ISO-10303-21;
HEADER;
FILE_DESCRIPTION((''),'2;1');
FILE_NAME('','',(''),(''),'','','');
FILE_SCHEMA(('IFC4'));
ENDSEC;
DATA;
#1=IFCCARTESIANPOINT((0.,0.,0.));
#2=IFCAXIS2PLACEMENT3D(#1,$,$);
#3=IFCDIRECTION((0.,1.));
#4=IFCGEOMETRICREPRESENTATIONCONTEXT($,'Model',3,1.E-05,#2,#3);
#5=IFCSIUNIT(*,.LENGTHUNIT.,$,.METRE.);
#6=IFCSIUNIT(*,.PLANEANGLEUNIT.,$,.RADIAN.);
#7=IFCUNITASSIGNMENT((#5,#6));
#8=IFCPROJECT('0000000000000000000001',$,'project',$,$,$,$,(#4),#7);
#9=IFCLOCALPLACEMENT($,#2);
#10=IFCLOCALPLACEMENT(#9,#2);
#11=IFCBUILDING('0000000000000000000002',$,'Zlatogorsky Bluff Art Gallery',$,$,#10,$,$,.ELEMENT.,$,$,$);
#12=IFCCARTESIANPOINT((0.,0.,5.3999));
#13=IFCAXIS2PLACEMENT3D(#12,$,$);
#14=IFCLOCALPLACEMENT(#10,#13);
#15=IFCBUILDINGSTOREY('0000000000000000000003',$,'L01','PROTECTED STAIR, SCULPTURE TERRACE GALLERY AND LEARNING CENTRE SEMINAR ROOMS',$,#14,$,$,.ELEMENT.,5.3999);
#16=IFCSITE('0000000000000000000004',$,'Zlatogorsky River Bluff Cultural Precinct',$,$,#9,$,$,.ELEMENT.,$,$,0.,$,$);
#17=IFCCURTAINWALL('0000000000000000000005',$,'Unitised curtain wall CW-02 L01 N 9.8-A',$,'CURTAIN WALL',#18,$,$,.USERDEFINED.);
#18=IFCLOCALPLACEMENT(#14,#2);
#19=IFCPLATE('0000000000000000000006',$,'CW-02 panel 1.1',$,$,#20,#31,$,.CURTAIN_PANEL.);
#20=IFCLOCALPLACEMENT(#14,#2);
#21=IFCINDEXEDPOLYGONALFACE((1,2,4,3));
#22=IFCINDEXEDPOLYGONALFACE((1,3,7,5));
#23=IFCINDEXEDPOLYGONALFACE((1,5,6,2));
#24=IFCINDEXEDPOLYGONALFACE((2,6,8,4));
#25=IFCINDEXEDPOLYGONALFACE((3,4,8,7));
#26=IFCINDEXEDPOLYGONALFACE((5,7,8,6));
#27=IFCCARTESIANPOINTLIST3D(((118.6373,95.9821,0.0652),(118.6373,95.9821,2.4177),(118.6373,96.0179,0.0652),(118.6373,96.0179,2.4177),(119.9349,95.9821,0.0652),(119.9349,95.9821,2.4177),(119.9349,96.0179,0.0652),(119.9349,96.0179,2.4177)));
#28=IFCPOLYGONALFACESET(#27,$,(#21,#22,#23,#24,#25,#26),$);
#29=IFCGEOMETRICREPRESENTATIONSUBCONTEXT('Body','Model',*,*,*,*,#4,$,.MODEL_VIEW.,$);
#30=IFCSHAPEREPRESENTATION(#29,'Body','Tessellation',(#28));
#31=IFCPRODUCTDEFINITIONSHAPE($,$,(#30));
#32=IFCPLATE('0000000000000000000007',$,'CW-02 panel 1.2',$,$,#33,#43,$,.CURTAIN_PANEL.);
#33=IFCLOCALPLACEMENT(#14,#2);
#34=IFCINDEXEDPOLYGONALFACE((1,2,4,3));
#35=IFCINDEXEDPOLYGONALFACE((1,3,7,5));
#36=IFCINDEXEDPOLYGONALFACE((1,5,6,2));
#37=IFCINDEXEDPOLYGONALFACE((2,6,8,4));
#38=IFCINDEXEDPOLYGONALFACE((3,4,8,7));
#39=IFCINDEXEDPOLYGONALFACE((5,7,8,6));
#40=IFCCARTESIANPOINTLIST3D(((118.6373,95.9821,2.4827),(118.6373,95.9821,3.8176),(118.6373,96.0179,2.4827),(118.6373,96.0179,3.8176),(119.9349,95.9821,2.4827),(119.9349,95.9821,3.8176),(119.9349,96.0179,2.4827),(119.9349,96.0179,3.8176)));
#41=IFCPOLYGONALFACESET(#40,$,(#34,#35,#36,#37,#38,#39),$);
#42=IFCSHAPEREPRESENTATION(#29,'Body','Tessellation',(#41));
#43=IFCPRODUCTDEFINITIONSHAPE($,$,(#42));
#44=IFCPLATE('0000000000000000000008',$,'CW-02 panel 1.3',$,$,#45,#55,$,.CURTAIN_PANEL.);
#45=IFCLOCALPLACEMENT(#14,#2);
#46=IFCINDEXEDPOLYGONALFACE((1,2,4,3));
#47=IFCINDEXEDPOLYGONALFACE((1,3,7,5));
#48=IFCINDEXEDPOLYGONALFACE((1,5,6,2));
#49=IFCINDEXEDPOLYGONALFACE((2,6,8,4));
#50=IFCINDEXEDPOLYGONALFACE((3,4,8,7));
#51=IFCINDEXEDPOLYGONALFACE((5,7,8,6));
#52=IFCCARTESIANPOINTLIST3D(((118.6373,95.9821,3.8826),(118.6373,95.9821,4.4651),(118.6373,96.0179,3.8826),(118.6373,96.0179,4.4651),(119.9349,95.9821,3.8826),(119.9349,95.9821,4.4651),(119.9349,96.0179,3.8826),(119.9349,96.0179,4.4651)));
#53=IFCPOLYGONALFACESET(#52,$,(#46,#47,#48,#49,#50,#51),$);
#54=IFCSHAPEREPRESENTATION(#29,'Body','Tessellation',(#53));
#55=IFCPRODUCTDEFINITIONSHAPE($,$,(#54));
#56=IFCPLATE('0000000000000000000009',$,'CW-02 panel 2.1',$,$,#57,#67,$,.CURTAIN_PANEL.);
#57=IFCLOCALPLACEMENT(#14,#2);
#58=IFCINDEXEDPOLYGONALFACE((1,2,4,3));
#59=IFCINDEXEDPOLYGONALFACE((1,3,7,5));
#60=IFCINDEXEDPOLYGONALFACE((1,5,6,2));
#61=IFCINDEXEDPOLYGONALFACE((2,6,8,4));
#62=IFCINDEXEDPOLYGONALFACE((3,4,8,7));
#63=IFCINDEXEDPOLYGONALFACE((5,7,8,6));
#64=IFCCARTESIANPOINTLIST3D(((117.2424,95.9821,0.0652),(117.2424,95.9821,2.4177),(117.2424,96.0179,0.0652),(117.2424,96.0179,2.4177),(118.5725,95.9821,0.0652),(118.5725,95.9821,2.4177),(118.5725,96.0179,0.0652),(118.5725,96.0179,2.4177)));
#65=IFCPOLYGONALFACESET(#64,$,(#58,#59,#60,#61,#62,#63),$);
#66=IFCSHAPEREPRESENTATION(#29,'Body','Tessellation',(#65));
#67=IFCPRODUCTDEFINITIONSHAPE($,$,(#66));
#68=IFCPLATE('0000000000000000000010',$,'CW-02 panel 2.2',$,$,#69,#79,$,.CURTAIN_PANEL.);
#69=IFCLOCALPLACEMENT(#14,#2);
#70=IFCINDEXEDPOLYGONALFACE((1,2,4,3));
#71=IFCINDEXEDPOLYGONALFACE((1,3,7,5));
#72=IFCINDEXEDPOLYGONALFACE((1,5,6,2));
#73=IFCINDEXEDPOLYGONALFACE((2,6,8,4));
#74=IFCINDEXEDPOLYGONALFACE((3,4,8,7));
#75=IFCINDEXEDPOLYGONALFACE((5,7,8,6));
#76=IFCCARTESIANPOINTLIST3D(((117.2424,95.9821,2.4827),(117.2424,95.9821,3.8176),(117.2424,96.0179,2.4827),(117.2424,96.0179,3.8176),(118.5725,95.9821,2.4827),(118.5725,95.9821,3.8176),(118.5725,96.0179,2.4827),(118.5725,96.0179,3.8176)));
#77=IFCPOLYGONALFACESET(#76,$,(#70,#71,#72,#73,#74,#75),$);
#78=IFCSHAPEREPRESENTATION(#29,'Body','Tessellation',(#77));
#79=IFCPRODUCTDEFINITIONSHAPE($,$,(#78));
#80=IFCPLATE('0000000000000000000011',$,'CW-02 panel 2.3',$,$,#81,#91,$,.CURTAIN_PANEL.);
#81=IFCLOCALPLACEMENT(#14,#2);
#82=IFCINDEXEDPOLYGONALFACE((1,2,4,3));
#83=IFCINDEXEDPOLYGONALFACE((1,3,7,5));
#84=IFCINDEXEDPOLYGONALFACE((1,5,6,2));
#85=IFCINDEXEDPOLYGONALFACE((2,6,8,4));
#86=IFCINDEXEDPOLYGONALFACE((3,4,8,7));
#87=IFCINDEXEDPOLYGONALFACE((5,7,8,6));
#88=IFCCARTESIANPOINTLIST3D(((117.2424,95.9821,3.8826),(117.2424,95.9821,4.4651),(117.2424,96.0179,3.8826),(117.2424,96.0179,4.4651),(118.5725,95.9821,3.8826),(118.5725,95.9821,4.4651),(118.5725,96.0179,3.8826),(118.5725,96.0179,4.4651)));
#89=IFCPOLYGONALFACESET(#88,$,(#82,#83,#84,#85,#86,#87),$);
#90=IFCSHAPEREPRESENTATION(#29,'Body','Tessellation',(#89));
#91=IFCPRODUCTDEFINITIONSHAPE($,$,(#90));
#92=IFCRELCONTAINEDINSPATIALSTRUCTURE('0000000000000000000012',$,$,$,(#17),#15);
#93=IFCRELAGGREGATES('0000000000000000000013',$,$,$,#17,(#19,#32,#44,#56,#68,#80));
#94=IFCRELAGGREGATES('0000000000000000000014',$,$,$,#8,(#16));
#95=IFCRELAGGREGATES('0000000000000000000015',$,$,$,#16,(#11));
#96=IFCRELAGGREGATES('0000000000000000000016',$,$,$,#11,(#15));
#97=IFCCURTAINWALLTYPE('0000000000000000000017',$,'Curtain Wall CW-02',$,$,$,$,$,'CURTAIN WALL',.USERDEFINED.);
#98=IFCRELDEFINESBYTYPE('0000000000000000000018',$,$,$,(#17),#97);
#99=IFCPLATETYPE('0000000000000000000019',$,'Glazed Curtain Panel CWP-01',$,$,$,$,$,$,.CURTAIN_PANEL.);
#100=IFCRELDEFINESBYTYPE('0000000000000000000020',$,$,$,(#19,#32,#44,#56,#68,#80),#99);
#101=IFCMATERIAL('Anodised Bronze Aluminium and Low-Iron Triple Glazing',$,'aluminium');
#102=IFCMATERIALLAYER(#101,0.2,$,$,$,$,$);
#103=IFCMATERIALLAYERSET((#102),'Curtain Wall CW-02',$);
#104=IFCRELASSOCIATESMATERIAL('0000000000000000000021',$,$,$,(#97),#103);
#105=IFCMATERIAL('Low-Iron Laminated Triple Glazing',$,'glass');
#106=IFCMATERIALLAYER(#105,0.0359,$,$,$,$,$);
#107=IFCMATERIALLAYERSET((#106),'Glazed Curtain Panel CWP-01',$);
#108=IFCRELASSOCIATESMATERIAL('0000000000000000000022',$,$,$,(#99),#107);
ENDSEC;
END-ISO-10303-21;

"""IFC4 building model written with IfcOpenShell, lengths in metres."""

from ifc_helpers import new_model, si_unit, direction, frame, origin, origin_2d, place, context, subcontext, project, spatial, rectangle, extrude, material, layer, layer_set, type_object, element, aggregate, save


model = new_model("IFC4")

# Units and contexts
model_context = context("Model", 3, precision=1e-05, world=origin(), true_north=direction((0.0, 1.0)))
body_context = subcontext(model_context, "Body", "Model", "MODEL_VIEW")
ifc_project = project(units=[si_unit("LENGTHUNIT", "METRE"), si_unit("PLANEANGLEUNIT", "RADIAN")], contexts=[model_context])

# Site, building, storey
site_placement = place(None, origin())
site = spatial("IfcSite", under=ifc_project, at=site_placement, Name="Zlatogorsky River Bluff Cultural Precinct", CompositionType="ELEMENT", RefElevation=0.0)
building_placement = place(site_placement, origin())
building = spatial("IfcBuilding", under=site, at=building_placement, Name="Zlatogorsky Bluff Art Gallery", CompositionType="ELEMENT")
storey_placement = place(building_placement, frame((0.0, 0.0, 5.3999)))
storey = spatial("IfcBuildingStorey", under=building, at=storey_placement, Name="L01", Description="PROTECTED STAIR, SCULPTURE TERRACE GALLERY AND LEARNING CENTRE SEMINAR ROOMS", CompositionType="ELEMENT", Elevation=5.3999)

# Curtain wall, plates
ifc_material_1 = material(Name="Anodised Bronze Aluminium and Low-Iron Triple Glazing", Category="aluminium")
ifc_layer_1 = layer(ifc_material_1, 0.2)
ifc_layer_set_1 = layer_set([ifc_layer_1], Name="Curtain Wall CW-02")
curtain_wall_type = type_object("IfcCurtainWallType", Name="Curtain Wall CW-02", ElementType="CURTAIN WALL", PredefinedType="USERDEFINED", material=ifc_layer_set_1)
curtain_wall_placement = place(storey_placement, origin())
curtain_wall = element("IfcCurtainWall", 1, at=curtain_wall_placement, inside=storey, type_object=curtain_wall_type, Name="Unitised curtain wall CW-02 L01 N 9.8-A", ObjectType="CURTAIN WALL", PredefinedType="USERDEFINED")
ifc_material_2 = material(Name="Low-Iron Laminated Triple Glazing", Category="glass")
ifc_layer_2 = layer(ifc_material_2, 0.0359)
ifc_layer_set_2 = layer_set([ifc_layer_2], Name="Glazed Curtain Panel CWP-01")
plate_type = type_object("IfcPlateType", Name="Glazed Curtain Panel CWP-01", PredefinedType="CURTAIN_PANEL", material=ifc_layer_set_2)
plate_1_placement = place(storey_placement, frame((119.2861, 96.0, 0.0652), z_axis=(0.0, 0.0, 1.0), x_axis=(-1.0, 0.0, 0.0)))
plate_1 = element("IfcPlate", 2, at=plate_1_placement, type_object=plate_type, Name="CW-02 panel 1.1", PredefinedType="CURTAIN_PANEL", context=body_context, shape_type="SweptSolid", body=[
    extrude(rectangle(XDim=1.2976, YDim=0.0359, at=origin_2d()), origin(), (0.0, 0.0, 1.0), 2.3525),
])
plate_2_placement = place(storey_placement, frame((119.2861, 96.0, 2.4827), z_axis=(0.0, 0.0, 1.0), x_axis=(-1.0, 0.0, 0.0)))
plate_2 = element("IfcPlate", 3, at=plate_2_placement, type_object=plate_type, Name="CW-02 panel 1.2", PredefinedType="CURTAIN_PANEL", context=body_context, shape_type="SweptSolid", body=[
    extrude(rectangle(XDim=1.2976, YDim=0.0359, at=origin_2d()), origin(), (0.0, 0.0, 1.0), 1.335),
])
plate_3_placement = place(storey_placement, frame((119.2861, 96.0, 3.8826), z_axis=(0.0, 0.0, 1.0), x_axis=(-1.0, 0.0, 0.0)))
plate_3 = element("IfcPlate", 4, at=plate_3_placement, type_object=plate_type, Name="CW-02 panel 1.3", PredefinedType="CURTAIN_PANEL", context=body_context, shape_type="SweptSolid", body=[
    extrude(rectangle(XDim=1.2976, YDim=0.0359, at=origin_2d()), origin(), (0.0, 0.0, 1.0), 0.5825),
])
plate_4_placement = place(storey_placement, frame((117.9075, 96.0, 0.0652), z_axis=(0.0, 0.0, 1.0), x_axis=(-1.0, 0.0, 0.0)))
plate_4 = element("IfcPlate", 5, at=plate_4_placement, type_object=plate_type, Name="CW-02 panel 2.1", PredefinedType="CURTAIN_PANEL", context=body_context, shape_type="SweptSolid", body=[
    extrude(rectangle(XDim=1.3301, YDim=0.0359, at=origin_2d()), origin(), (0.0, 0.0, 1.0), 2.3525),
])
plate_5_placement = place(storey_placement, frame((117.9075, 96.0, 2.4827), z_axis=(0.0, 0.0, 1.0), x_axis=(-1.0, 0.0, 0.0)))
plate_5 = element("IfcPlate", 6, at=plate_5_placement, type_object=plate_type, Name="CW-02 panel 2.2", PredefinedType="CURTAIN_PANEL", context=body_context, shape_type="SweptSolid", body=[
    extrude(rectangle(XDim=1.3301, YDim=0.0359, at=origin_2d()), origin(), (0.0, 0.0, 1.0), 1.335),
])
plate_6_placement = place(storey_placement, frame((117.9075, 96.0, 3.8826), z_axis=(0.0, 0.0, 1.0), x_axis=(-1.0, 0.0, 0.0)))
plate_6 = element("IfcPlate", 7, at=plate_6_placement, type_object=plate_type, Name="CW-02 panel 2.3", PredefinedType="CURTAIN_PANEL", context=body_context, shape_type="SweptSolid", body=[
    extrude(rectangle(XDim=1.3301, YDim=0.0359, at=origin_2d()), origin(), (0.0, 0.0, 1.0), 0.5825),
])
aggregate(curtain_wall, [plate_1, plate_2, plate_3, plate_4, plate_5, plate_6])

save(model, "model.ifc")
